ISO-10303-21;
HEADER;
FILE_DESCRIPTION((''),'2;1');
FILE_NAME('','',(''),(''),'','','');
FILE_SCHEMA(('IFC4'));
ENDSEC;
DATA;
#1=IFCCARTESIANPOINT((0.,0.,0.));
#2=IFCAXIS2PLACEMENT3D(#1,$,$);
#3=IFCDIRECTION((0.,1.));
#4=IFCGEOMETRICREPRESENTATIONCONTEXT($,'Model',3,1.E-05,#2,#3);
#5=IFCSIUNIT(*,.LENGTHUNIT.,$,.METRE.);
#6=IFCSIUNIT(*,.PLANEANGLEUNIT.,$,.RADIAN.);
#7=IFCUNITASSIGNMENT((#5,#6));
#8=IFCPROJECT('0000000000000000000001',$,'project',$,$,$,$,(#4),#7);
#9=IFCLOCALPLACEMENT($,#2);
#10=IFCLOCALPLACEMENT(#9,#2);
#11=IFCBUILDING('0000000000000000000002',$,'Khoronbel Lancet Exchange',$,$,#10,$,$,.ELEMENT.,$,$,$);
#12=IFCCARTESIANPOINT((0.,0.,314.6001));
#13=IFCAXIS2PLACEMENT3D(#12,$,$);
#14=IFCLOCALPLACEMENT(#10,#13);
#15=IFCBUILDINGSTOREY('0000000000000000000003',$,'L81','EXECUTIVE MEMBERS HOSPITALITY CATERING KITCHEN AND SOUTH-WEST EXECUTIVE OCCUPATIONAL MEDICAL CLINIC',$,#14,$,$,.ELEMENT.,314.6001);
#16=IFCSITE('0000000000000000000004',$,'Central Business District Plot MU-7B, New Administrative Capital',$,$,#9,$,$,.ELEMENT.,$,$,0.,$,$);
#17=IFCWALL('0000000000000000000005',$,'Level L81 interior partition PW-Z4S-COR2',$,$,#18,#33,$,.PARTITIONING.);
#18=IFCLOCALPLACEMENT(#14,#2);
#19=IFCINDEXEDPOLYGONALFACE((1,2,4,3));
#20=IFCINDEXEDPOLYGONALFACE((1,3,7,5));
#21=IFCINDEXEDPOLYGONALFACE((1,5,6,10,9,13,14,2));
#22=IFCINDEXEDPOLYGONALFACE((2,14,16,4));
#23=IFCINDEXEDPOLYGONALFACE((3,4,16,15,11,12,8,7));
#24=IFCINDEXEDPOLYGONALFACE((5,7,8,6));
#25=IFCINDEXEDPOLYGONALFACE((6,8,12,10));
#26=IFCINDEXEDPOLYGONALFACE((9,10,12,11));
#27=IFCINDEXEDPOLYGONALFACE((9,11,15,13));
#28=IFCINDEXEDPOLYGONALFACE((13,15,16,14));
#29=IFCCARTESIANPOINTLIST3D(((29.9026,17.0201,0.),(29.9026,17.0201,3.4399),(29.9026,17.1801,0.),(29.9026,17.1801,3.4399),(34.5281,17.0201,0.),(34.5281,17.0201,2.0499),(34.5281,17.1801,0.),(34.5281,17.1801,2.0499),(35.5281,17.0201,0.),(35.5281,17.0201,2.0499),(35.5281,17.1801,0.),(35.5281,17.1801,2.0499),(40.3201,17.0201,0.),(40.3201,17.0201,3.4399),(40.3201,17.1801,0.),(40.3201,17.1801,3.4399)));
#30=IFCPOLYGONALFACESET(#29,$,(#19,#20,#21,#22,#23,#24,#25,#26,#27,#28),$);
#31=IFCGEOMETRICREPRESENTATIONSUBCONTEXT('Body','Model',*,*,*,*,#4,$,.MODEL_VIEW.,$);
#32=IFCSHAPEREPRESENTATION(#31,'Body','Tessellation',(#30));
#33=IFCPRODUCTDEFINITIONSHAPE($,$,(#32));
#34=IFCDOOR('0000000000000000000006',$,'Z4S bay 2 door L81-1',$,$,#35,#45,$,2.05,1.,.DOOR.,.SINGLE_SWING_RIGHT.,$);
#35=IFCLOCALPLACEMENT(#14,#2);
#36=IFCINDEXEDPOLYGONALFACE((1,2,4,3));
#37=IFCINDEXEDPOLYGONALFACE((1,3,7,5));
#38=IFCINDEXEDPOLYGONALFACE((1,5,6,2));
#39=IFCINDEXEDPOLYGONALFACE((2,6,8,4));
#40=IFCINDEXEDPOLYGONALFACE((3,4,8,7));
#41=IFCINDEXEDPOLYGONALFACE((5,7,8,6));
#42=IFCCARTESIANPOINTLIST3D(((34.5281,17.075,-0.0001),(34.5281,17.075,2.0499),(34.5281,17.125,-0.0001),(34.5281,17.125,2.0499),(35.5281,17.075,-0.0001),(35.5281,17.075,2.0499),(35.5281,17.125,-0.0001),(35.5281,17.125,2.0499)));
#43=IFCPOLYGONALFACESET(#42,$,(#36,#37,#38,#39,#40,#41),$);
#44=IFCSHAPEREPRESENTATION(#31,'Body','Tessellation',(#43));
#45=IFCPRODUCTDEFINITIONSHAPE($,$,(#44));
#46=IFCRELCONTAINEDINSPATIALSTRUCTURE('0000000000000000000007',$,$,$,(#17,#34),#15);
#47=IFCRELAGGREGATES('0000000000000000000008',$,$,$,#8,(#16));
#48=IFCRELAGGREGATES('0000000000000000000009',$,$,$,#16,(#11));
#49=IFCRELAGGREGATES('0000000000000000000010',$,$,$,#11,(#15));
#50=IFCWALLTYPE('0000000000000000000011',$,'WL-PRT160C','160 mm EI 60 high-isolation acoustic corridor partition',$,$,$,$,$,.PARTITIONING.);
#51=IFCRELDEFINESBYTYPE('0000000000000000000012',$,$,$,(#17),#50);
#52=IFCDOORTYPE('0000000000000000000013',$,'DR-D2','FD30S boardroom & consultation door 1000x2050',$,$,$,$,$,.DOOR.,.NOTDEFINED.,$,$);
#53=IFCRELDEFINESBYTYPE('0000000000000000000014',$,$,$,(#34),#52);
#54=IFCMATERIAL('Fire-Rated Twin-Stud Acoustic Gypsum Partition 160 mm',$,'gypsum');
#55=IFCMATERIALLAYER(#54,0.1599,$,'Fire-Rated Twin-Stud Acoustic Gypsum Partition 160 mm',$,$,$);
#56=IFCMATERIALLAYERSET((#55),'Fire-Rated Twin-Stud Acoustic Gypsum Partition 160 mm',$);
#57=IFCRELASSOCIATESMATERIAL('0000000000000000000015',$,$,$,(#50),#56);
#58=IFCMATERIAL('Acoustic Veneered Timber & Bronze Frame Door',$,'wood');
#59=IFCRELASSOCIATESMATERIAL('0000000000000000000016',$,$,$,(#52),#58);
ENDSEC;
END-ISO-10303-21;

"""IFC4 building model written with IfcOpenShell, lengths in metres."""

from ifc_helpers import new_model, si_unit, direction, frame, frame_2d, origin, place, context, subcontext, project, spatial, rectangle, extrude, material, layer, layer_set, type_object, element, fill, save


model = new_model("IFC4")

# Units and contexts
model_context = context("Model", 3, precision=1e-05, world=origin(), true_north=direction((0.0, 1.0)))
body_context = subcontext(model_context, "Body", "Model", "MODEL_VIEW")
ifc_project = project(units=[si_unit("LENGTHUNIT", "METRE"), si_unit("PLANEANGLEUNIT", "RADIAN")], contexts=[model_context])

# Site, building, storey
site_placement = place(None, origin())
site = spatial("IfcSite", under=ifc_project, at=site_placement, Name="Central Business District Plot MU-7B, New Administrative Capital", CompositionType="ELEMENT", RefElevation=0.0)
building_placement = place(site_placement, origin())
building = spatial("IfcBuilding", under=site, at=building_placement, Name="Khoronbel Lancet Exchange", CompositionType="ELEMENT")
storey_placement = place(building_placement, frame((0.0, 0.0, 314.6001)))
storey = spatial("IfcBuildingStorey", under=building, at=storey_placement, Name="L81", Description="EXECUTIVE MEMBERS HOSPITALITY CATERING KITCHEN AND SOUTH-WEST EXECUTIVE OCCUPATIONAL MEDICAL CLINIC", CompositionType="ELEMENT", Elevation=314.6001)

# Wall, opening, door
ifc_material_1 = material(Name="Fire-Rated Twin-Stud Acoustic Gypsum Partition 160 mm", Category="gypsum")
ifc_layer_1 = layer(ifc_material_1, 0.1599, Name="Fire-Rated Twin-Stud Acoustic Gypsum Partition 160 mm")
ifc_layer_set_1 = layer_set([ifc_layer_1], Name="Fire-Rated Twin-Stud Acoustic Gypsum Partition 160 mm")
wall_type_1 = type_object("IfcWallType", Name="WL-PRT160C", Description="160 mm EI 60 high-isolation acoustic corridor partition", PredefinedType="PARTITIONING", material=ifc_layer_set_1)
ifc_material_2 = material(Name="Acoustic Veneered Timber & Bronze Frame Door", Category="wood")
door_type_1 = type_object("IfcDoorType", Name="DR-D2", Description="FD30S boardroom & consultation door 1000x2050", OperationType="NOTDEFINED", PredefinedType="DOOR", material=ifc_material_2)
wall_1_placement = place(storey_placement, frame((29.9026, 17.1001, 0.0), z_axis=(0.0, 0.0, 1.0), x_axis=(1.0, 0.0, 0.0)))
wall_1 = element("IfcWall", 1, at=wall_1_placement, inside=storey, type_object=wall_type_1, Name="Level L81 interior partition PW-Z4S-COR2", PredefinedType="PARTITIONING", context=body_context, shape_type="SweptSolid", body=[
    extrude(rectangle(XDim=10.4175, YDim=0.1599, at=frame_2d((5.2087, 0.0))), origin(), (0.0, 0.0, 1.0), 3.4399),
])
opening_1_placement = place(wall_1_placement, frame((4.6255, 0.0, 0.0)))
opening_1 = element("IfcOpeningElement", 2, at=opening_1_placement, cuts=wall_1, PredefinedType="OPENING", context=body_context, shape_type="SweptSolid", body=[
    extrude(rectangle(XDim=1.0, YDim=2.05, at=frame_2d((0.5, 1.0249))), frame((0.0, 0.0898, 0.0), z_axis=(0.0, -1.0, 0.0), x_axis=(1.0, 0.0, 0.0)), (0.0, 0.0, 1.0), 0.1799),
])
door_1_placement = place(opening_1_placement, origin())
door_1 = element("IfcDoor", 3, at=door_1_placement, inside=storey, type_object=door_type_1, Name="Z4S bay 2 door L81-1", OperationType="SINGLE_SWING_RIGHT", OverallHeight=2.05, OverallWidth=1.0, PredefinedType="DOOR", context=body_context, shape_type="SweptSolid", body=[
    extrude(rectangle(XDim=1.0, YDim=2.05, at=frame_2d((0.5, 1.0249))), frame((0.0, 0.0249, 0.0), z_axis=(0.0, -1.0, 0.0), x_axis=(1.0, 0.0, 0.0)), (0.0, 0.0, 1.0), 0.05),
])
fill(opening_1, door_1)

save(model, "model.ifc")
